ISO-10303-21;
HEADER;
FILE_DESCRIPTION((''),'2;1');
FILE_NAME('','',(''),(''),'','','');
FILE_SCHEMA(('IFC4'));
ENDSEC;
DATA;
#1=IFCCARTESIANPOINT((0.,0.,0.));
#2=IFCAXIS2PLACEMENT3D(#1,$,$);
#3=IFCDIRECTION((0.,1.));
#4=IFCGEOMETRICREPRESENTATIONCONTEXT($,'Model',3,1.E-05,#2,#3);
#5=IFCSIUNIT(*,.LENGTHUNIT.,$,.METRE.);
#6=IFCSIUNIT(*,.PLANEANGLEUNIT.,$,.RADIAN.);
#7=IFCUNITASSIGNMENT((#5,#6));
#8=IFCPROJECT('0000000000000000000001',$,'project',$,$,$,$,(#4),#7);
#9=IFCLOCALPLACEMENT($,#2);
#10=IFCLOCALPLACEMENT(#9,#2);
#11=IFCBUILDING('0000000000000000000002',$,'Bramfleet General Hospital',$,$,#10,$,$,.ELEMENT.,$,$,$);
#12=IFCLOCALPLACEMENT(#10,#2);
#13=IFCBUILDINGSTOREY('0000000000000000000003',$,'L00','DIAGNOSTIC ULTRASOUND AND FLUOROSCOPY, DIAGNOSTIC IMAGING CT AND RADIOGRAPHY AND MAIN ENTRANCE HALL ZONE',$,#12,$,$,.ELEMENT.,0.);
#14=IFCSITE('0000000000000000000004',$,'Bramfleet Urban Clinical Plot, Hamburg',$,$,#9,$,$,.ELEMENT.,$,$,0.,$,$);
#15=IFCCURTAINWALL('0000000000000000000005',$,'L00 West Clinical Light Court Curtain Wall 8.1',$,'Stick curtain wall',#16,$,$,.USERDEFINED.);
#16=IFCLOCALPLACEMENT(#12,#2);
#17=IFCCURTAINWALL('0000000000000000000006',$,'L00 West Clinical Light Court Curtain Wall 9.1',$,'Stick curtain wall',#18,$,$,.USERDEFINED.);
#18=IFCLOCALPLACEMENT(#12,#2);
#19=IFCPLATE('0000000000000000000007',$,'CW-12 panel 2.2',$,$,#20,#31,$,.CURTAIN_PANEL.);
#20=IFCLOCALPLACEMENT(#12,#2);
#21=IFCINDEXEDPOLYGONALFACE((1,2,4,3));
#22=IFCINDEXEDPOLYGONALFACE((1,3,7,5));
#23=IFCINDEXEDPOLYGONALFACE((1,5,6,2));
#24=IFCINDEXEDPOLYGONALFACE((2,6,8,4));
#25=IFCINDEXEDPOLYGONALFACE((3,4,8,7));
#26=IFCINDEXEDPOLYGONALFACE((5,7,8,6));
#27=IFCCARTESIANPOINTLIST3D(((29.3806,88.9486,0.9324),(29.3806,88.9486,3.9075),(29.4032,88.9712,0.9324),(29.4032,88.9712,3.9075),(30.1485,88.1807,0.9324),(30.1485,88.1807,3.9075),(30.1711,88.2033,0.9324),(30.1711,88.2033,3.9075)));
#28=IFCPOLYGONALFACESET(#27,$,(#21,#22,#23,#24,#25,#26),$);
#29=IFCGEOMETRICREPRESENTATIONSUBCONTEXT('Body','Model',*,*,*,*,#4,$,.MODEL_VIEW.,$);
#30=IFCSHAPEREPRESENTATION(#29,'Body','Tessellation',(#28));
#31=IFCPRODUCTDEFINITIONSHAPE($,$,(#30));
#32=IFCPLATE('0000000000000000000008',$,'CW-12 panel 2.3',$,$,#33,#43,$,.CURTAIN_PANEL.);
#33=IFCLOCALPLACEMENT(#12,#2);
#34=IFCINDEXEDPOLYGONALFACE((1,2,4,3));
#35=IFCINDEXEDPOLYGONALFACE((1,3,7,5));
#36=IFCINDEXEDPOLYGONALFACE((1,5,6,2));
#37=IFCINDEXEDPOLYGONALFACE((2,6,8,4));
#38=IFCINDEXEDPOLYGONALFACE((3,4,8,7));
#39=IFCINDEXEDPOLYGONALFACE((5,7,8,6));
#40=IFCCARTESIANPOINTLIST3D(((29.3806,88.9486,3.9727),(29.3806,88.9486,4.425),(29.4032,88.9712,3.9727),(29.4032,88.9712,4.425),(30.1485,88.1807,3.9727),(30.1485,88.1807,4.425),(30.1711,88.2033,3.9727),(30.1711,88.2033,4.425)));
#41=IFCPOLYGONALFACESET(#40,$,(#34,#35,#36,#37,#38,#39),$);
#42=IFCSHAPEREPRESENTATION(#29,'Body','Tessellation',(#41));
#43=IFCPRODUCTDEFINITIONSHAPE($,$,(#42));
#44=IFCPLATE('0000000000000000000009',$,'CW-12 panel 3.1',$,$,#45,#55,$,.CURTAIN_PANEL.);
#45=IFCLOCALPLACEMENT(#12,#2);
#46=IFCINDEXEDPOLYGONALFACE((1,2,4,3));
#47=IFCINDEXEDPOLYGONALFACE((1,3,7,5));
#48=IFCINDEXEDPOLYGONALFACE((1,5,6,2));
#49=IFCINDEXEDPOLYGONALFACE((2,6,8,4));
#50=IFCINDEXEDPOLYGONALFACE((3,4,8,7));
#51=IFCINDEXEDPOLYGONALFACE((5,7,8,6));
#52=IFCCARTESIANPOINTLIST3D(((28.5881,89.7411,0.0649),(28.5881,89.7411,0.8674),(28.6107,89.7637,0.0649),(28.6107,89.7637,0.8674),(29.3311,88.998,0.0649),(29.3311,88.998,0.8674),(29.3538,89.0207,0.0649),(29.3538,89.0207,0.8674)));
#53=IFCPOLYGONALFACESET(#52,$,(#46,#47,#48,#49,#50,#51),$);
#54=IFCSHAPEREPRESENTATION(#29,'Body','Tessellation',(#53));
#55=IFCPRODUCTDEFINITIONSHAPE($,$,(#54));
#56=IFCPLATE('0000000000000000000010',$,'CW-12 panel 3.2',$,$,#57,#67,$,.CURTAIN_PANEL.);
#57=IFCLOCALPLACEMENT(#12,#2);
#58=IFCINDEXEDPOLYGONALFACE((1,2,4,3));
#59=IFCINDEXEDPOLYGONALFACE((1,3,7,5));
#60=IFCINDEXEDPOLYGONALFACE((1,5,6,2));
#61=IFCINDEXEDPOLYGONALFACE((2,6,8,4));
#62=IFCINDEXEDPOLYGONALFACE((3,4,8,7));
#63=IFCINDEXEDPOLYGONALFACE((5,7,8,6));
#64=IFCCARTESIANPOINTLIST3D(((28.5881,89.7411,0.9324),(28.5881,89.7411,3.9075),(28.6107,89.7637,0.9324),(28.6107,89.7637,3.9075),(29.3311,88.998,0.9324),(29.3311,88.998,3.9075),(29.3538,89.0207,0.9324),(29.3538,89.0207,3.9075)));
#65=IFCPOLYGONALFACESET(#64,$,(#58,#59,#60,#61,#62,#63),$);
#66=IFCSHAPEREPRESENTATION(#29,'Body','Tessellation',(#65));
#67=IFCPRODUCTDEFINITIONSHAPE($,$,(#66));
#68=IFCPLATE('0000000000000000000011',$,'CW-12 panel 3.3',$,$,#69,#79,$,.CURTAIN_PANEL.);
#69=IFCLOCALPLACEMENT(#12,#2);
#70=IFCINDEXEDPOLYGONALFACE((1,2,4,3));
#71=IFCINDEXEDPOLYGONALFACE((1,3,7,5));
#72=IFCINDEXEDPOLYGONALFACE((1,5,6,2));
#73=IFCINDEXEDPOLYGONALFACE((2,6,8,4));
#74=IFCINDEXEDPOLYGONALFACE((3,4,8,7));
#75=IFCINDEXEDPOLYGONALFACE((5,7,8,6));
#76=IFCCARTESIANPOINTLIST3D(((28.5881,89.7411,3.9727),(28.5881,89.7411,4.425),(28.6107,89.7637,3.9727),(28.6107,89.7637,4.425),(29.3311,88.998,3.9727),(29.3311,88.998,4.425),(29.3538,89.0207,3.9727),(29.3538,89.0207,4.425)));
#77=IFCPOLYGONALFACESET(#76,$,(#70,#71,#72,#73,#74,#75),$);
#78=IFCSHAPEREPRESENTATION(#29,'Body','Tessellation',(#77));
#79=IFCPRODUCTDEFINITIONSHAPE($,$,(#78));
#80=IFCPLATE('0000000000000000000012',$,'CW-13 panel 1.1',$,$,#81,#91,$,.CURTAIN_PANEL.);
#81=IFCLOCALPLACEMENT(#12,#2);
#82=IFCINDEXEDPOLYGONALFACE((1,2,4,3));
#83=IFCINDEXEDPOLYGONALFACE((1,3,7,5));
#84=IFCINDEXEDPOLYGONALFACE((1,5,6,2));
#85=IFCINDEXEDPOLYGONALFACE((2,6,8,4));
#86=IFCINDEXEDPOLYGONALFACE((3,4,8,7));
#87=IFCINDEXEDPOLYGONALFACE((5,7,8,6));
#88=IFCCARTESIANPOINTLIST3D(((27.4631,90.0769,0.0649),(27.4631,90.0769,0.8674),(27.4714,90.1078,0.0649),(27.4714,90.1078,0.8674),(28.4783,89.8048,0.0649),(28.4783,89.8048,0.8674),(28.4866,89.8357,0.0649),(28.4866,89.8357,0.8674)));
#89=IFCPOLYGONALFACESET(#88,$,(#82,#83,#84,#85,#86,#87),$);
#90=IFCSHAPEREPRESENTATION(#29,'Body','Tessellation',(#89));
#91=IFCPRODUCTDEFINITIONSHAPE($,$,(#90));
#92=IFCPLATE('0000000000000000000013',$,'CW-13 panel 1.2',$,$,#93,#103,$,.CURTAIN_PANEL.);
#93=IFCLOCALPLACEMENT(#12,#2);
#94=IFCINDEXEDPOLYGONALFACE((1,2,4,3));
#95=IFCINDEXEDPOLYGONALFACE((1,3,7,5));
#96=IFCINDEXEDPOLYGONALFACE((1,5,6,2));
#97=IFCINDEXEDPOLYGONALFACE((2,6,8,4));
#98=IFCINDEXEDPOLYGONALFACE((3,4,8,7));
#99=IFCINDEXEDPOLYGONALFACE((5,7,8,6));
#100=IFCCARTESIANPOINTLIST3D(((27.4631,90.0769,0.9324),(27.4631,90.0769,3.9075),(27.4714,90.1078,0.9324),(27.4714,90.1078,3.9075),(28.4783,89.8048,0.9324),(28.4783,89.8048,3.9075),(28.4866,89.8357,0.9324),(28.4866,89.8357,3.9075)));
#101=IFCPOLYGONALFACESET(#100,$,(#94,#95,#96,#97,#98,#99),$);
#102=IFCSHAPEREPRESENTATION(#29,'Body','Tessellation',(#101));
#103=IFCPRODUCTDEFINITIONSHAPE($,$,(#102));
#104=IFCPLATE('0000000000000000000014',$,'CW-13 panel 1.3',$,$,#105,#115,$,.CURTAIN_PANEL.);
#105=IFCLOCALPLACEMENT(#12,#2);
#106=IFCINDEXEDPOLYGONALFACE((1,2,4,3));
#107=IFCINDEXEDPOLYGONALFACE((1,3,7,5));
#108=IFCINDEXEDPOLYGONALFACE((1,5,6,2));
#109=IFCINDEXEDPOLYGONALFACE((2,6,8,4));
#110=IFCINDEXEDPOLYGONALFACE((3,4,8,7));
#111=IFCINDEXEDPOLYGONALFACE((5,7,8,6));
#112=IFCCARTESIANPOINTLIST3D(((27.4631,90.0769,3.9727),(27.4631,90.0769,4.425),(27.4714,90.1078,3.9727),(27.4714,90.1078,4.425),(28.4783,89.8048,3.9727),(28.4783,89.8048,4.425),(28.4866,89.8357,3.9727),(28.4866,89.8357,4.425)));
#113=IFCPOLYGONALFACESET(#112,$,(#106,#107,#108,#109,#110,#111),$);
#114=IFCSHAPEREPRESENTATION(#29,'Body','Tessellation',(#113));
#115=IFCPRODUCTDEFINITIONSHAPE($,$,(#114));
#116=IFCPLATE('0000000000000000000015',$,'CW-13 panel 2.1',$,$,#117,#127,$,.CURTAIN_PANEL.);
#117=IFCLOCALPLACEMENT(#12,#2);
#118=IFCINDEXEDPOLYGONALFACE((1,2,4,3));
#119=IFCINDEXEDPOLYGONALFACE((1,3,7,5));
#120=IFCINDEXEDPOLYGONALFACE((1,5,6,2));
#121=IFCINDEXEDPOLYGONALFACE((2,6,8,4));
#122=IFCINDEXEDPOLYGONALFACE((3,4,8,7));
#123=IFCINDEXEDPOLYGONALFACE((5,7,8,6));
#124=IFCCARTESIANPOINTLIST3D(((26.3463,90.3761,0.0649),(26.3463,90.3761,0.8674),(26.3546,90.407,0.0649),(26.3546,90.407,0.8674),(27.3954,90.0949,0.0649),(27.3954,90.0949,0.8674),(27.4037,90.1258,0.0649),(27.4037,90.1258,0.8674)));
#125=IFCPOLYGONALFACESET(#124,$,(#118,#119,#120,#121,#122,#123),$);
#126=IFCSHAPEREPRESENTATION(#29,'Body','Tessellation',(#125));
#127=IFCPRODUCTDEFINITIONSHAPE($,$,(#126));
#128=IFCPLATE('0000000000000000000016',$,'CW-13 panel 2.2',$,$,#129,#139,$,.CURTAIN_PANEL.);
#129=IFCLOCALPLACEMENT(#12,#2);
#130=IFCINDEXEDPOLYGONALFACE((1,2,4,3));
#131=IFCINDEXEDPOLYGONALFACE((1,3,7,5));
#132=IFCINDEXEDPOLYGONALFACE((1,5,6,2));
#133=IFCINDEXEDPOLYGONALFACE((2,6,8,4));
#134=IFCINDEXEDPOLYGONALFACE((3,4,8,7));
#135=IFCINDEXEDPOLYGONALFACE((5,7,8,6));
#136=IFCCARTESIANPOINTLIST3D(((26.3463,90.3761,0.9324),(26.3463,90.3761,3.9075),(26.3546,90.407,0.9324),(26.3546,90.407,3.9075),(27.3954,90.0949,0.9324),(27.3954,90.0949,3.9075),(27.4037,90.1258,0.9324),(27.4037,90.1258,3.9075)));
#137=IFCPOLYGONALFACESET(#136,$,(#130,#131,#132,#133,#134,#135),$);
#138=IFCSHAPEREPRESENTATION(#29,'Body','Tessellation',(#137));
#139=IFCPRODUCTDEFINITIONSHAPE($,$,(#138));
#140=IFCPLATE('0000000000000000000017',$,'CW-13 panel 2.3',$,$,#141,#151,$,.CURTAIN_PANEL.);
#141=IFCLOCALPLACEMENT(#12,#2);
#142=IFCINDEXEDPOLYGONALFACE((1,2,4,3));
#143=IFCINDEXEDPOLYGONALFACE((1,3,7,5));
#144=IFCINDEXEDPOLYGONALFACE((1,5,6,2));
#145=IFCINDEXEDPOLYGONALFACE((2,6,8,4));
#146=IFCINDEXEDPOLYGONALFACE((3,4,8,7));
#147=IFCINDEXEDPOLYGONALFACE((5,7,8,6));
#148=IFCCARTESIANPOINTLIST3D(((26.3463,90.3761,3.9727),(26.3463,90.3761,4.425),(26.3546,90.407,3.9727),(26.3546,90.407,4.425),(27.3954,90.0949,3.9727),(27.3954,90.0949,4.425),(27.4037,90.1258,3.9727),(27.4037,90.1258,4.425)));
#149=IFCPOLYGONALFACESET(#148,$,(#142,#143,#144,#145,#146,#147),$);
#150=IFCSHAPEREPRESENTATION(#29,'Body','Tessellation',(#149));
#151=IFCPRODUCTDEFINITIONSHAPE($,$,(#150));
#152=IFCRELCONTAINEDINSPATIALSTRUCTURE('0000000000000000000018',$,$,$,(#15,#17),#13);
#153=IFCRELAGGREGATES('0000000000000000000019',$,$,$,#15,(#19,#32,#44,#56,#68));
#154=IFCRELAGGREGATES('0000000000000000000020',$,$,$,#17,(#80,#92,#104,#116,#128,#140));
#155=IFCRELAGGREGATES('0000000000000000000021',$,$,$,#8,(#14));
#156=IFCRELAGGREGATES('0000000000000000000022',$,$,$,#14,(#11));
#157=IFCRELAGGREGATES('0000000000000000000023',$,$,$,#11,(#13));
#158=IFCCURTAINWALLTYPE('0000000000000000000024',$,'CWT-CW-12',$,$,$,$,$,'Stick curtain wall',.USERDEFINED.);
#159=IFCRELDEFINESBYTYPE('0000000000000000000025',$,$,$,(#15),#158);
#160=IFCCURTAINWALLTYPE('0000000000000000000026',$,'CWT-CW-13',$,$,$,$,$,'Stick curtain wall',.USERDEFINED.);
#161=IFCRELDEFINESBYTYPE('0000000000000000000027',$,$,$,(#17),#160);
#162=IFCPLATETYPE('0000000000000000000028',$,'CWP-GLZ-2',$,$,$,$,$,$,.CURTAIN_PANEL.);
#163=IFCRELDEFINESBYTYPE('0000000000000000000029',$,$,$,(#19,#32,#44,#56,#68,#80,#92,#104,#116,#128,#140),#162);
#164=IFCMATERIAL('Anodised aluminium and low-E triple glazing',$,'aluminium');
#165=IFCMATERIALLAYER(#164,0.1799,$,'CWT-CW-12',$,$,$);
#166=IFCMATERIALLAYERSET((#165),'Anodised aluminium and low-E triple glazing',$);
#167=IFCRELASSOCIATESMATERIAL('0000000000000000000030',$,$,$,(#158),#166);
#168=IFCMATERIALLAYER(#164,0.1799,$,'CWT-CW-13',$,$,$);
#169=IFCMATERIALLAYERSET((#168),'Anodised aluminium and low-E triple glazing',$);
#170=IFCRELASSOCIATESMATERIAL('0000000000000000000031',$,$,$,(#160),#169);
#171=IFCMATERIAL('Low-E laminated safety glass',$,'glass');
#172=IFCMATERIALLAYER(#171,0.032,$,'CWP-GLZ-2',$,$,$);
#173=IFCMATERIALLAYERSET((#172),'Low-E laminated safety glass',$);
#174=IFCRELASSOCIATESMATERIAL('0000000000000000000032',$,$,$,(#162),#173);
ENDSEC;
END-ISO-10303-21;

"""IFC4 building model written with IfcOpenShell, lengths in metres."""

from ifc_helpers import new_model, si_unit, direction, frame, origin, origin_2d, place, context, subcontext, project, spatial, rectangle, extrude, material, layer, layer_set, type_object, element, aggregate, save


model = new_model("IFC4")

# Units and contexts
model_context = context("Model", 3, precision=1e-05, world=origin(), true_north=direction((0.0, 1.0)))
body_context = subcontext(model_context, "Body", "Model", "MODEL_VIEW")
ifc_project = project(units=[si_unit("LENGTHUNIT", "METRE"), si_unit("PLANEANGLEUNIT", "RADIAN")], contexts=[model_context])

# Site, building, storey
site_placement = place(None, origin())
site = spatial("IfcSite", under=ifc_project, at=site_placement, Name="Bramfleet Urban Clinical Plot, Hamburg", CompositionType="ELEMENT", RefElevation=0.0)
building_placement = place(site_placement, origin())
building = spatial("IfcBuilding", under=site, at=building_placement, Name="Bramfleet General Hospital", CompositionType="ELEMENT")
storey_placement = place(building_placement, origin())
storey = spatial("IfcBuildingStorey", under=building, at=storey_placement, Name="L00", Description="DIAGNOSTIC ULTRASOUND AND FLUOROSCOPY, DIAGNOSTIC IMAGING CT AND RADIOGRAPHY AND MAIN ENTRANCE HALL ZONE", CompositionType="ELEMENT", Elevation=0.0)

# Curtain walls
ifc_material_1 = material(Name="Anodised aluminium and low-E triple glazing", Category="aluminium")
ifc_layer_1 = layer(ifc_material_1, 0.1799, Name="CWT-CW-12")
ifc_layer_set_1 = layer_set([ifc_layer_1], Name="Anodised aluminium and low-E triple glazing")
curtain_wall_type_1 = type_object("IfcCurtainWallType", Name="CWT-CW-12", ElementType="Stick curtain wall", PredefinedType="USERDEFINED", material=ifc_layer_set_1)
curtain_wall_1_placement = place(storey_placement, origin())
curtain_wall_1 = element("IfcCurtainWall", 1, at=curtain_wall_1_placement, inside=storey, type_object=curtain_wall_type_1, Name="L00 West Clinical Light Court Curtain Wall 8.1", ObjectType="Stick curtain wall", PredefinedType="USERDEFINED")
ifc_layer_2 = layer(ifc_material_1, 0.1799, Name="CWT-CW-13")
ifc_layer_set_2 = layer_set([ifc_layer_2], Name="Anodised aluminium and low-E triple glazing")
curtain_wall_type_2 = type_object("IfcCurtainWallType", Name="CWT-CW-13", ElementType="Stick curtain wall", PredefinedType="USERDEFINED", material=ifc_layer_set_2)
curtain_wall_2_placement = place(storey_placement, origin())
curtain_wall_2 = element("IfcCurtainWall", 2, at=curtain_wall_2_placement, inside=storey, type_object=curtain_wall_type_2, Name="L00 West Clinical Light Court Curtain Wall 9.1", ObjectType="Stick curtain wall", PredefinedType="USERDEFINED")

# Plates
ifc_material_2 = material(Name="Low-E laminated safety glass", Category="glass")
ifc_layer_3 = layer(ifc_material_2, 0.032, Name="CWP-GLZ-2")
ifc_layer_set_3 = layer_set([ifc_layer_3], Name="Low-E laminated safety glass")
plate_type = type_object("IfcPlateType", Name="CWP-GLZ-2", PredefinedType="CURTAIN_PANEL", material=ifc_layer_set_3)
plate_1_placement = place(storey_placement, frame((29.7759, 88.5759, 0.9324), z_axis=(0.0, 0.0, 1.0), x_axis=(-0.707107, 0.707107, 0.0)))
plate_1 = element("IfcPlate", 3, at=plate_1_placement, type_object=plate_type, Name="CW-12 panel 2.2", PredefinedType="CURTAIN_PANEL", context=body_context, shape_type="SweptSolid", body=[
    extrude(rectangle(XDim=1.0859, YDim=0.032, at=origin_2d()), origin(), (0.0, 0.0, 1.0), 2.9751),
])
plate_2_placement = place(storey_placement, frame((29.7759, 88.5759, 3.9727), z_axis=(0.0, 0.0, 1.0), x_axis=(-0.707107, 0.707107, 0.0)))
plate_2 = element("IfcPlate", 4, at=plate_2_placement, type_object=plate_type, Name="CW-12 panel 2.3", PredefinedType="CURTAIN_PANEL", context=body_context, shape_type="SweptSolid", body=[
    extrude(rectangle(XDim=1.0859, YDim=0.032, at=origin_2d()), origin(), (0.0, 0.0, 1.0), 0.4524),
])
plate_3_placement = place(storey_placement, frame((28.9709, 89.3809, 0.0649), z_axis=(0.0, 0.0, 1.0), x_axis=(-0.707107, 0.707107, 0.0)))
plate_3 = element("IfcPlate", 5, at=plate_3_placement, type_object=plate_type, Name="CW-12 panel 3.1", PredefinedType="CURTAIN_PANEL", context=body_context, shape_type="SweptSolid", body=[
    extrude(rectangle(XDim=1.0508, YDim=0.032, at=origin_2d()), origin(), (0.0, 0.0, 1.0), 0.8025),
])
plate_4_placement = place(storey_placement, frame((28.9709, 89.3809, 0.9324), z_axis=(0.0, 0.0, 1.0), x_axis=(-0.707107, 0.707107, 0.0)))
plate_4 = element("IfcPlate", 6, at=plate_4_placement, type_object=plate_type, Name="CW-12 panel 3.2", PredefinedType="CURTAIN_PANEL", context=body_context, shape_type="SweptSolid", body=[
    extrude(rectangle(XDim=1.0508, YDim=0.032, at=origin_2d()), origin(), (0.0, 0.0, 1.0), 2.9751),
])
plate_5_placement = place(storey_placement, frame((28.9709, 89.3809, 3.9727), z_axis=(0.0, 0.0, 1.0), x_axis=(-0.707107, 0.707107, 0.0)))
plate_5 = element("IfcPlate", 7, at=plate_5_placement, type_object=plate_type, Name="CW-12 panel 3.3", PredefinedType="CURTAIN_PANEL", context=body_context, shape_type="SweptSolid", body=[
    extrude(rectangle(XDim=1.0508, YDim=0.032, at=origin_2d()), origin(), (0.0, 0.0, 1.0), 0.4524),
])
aggregate(curtain_wall_1, [plate_1, plate_2, plate_3, plate_4, plate_5])
plate_6_placement = place(storey_placement, frame((27.9749, 89.9563, 0.0649), z_axis=(0.0, 0.0, 1.0), x_axis=(-0.965899, 0.258919, 0.0)))
plate_6 = element("IfcPlate", 8, at=plate_6_placement, type_object=plate_type, Name="CW-13 panel 1.1", PredefinedType="CURTAIN_PANEL", context=body_context, shape_type="SweptSolid", body=[
    extrude(rectangle(XDim=1.051, YDim=0.032, at=origin_2d()), origin(), (0.0, 0.0, 1.0), 0.8025),
])
plate_7_placement = place(storey_placement, frame((27.9749, 89.9563, 0.9324), z_axis=(0.0, 0.0, 1.0), x_axis=(-0.965899, 0.258919, 0.0)))
plate_7 = element("IfcPlate", 9, at=plate_7_placement, type_object=plate_type, Name="CW-13 panel 1.2", PredefinedType="CURTAIN_PANEL", context=body_context, shape_type="SweptSolid", body=[
    extrude(rectangle(XDim=1.051, YDim=0.032, at=origin_2d()), origin(), (0.0, 0.0, 1.0), 2.9751),
])
plate_8_placement = place(storey_placement, frame((27.9749, 89.9563, 3.9727), z_axis=(0.0, 0.0, 1.0), x_axis=(-0.965899, 0.258919, 0.0)))
plate_8 = element("IfcPlate", 10, at=plate_8_placement, type_object=plate_type, Name="CW-13 panel 1.3", PredefinedType="CURTAIN_PANEL", context=body_context, shape_type="SweptSolid", body=[
    extrude(rectangle(XDim=1.051, YDim=0.032, at=origin_2d()), origin(), (0.0, 0.0, 1.0), 0.4524),
])
plate_9_placement = place(storey_placement, frame((26.875, 90.251, 0.0649), z_axis=(0.0, 0.0, 1.0), x_axis=(-0.965899, 0.258919, 0.0)))
plate_9 = element("IfcPlate", 11, at=plate_9_placement, type_object=plate_type, Name="CW-13 panel 2.1", PredefinedType="CURTAIN_PANEL", context=body_context, shape_type="SweptSolid", body=[
    extrude(rectangle(XDim=1.0862, YDim=0.032, at=origin_2d()), origin(), (0.0, 0.0, 1.0), 0.8025),
])
plate_10_placement = place(storey_placement, frame((26.875, 90.251, 0.9324), z_axis=(0.0, 0.0, 1.0), x_axis=(-0.965899, 0.258919, 0.0)))
plate_10 = element("IfcPlate", 12, at=plate_10_placement, type_object=plate_type, Name="CW-13 panel 2.2", PredefinedType="CURTAIN_PANEL", context=body_context, shape_type="SweptSolid", body=[
    extrude(rectangle(XDim=1.0862, YDim=0.032, at=origin_2d()), origin(), (0.0, 0.0, 1.0), 2.9751),
])
plate_11_placement = place(storey_placement, frame((26.875, 90.251, 3.9727), z_axis=(0.0, 0.0, 1.0), x_axis=(-0.965899, 0.258919, 0.0)))
plate_11 = element("IfcPlate", 13, at=plate_11_placement, type_object=plate_type, Name="CW-13 panel 2.3", PredefinedType="CURTAIN_PANEL", context=body_context, shape_type="SweptSolid", body=[
    extrude(rectangle(XDim=1.0862, YDim=0.032, at=origin_2d()), origin(), (0.0, 0.0, 1.0), 0.4524),
])
aggregate(curtain_wall_2, [plate_6, plate_7, plate_8, plate_9, plate_10, plate_11])

save(model, "model.ifc")
